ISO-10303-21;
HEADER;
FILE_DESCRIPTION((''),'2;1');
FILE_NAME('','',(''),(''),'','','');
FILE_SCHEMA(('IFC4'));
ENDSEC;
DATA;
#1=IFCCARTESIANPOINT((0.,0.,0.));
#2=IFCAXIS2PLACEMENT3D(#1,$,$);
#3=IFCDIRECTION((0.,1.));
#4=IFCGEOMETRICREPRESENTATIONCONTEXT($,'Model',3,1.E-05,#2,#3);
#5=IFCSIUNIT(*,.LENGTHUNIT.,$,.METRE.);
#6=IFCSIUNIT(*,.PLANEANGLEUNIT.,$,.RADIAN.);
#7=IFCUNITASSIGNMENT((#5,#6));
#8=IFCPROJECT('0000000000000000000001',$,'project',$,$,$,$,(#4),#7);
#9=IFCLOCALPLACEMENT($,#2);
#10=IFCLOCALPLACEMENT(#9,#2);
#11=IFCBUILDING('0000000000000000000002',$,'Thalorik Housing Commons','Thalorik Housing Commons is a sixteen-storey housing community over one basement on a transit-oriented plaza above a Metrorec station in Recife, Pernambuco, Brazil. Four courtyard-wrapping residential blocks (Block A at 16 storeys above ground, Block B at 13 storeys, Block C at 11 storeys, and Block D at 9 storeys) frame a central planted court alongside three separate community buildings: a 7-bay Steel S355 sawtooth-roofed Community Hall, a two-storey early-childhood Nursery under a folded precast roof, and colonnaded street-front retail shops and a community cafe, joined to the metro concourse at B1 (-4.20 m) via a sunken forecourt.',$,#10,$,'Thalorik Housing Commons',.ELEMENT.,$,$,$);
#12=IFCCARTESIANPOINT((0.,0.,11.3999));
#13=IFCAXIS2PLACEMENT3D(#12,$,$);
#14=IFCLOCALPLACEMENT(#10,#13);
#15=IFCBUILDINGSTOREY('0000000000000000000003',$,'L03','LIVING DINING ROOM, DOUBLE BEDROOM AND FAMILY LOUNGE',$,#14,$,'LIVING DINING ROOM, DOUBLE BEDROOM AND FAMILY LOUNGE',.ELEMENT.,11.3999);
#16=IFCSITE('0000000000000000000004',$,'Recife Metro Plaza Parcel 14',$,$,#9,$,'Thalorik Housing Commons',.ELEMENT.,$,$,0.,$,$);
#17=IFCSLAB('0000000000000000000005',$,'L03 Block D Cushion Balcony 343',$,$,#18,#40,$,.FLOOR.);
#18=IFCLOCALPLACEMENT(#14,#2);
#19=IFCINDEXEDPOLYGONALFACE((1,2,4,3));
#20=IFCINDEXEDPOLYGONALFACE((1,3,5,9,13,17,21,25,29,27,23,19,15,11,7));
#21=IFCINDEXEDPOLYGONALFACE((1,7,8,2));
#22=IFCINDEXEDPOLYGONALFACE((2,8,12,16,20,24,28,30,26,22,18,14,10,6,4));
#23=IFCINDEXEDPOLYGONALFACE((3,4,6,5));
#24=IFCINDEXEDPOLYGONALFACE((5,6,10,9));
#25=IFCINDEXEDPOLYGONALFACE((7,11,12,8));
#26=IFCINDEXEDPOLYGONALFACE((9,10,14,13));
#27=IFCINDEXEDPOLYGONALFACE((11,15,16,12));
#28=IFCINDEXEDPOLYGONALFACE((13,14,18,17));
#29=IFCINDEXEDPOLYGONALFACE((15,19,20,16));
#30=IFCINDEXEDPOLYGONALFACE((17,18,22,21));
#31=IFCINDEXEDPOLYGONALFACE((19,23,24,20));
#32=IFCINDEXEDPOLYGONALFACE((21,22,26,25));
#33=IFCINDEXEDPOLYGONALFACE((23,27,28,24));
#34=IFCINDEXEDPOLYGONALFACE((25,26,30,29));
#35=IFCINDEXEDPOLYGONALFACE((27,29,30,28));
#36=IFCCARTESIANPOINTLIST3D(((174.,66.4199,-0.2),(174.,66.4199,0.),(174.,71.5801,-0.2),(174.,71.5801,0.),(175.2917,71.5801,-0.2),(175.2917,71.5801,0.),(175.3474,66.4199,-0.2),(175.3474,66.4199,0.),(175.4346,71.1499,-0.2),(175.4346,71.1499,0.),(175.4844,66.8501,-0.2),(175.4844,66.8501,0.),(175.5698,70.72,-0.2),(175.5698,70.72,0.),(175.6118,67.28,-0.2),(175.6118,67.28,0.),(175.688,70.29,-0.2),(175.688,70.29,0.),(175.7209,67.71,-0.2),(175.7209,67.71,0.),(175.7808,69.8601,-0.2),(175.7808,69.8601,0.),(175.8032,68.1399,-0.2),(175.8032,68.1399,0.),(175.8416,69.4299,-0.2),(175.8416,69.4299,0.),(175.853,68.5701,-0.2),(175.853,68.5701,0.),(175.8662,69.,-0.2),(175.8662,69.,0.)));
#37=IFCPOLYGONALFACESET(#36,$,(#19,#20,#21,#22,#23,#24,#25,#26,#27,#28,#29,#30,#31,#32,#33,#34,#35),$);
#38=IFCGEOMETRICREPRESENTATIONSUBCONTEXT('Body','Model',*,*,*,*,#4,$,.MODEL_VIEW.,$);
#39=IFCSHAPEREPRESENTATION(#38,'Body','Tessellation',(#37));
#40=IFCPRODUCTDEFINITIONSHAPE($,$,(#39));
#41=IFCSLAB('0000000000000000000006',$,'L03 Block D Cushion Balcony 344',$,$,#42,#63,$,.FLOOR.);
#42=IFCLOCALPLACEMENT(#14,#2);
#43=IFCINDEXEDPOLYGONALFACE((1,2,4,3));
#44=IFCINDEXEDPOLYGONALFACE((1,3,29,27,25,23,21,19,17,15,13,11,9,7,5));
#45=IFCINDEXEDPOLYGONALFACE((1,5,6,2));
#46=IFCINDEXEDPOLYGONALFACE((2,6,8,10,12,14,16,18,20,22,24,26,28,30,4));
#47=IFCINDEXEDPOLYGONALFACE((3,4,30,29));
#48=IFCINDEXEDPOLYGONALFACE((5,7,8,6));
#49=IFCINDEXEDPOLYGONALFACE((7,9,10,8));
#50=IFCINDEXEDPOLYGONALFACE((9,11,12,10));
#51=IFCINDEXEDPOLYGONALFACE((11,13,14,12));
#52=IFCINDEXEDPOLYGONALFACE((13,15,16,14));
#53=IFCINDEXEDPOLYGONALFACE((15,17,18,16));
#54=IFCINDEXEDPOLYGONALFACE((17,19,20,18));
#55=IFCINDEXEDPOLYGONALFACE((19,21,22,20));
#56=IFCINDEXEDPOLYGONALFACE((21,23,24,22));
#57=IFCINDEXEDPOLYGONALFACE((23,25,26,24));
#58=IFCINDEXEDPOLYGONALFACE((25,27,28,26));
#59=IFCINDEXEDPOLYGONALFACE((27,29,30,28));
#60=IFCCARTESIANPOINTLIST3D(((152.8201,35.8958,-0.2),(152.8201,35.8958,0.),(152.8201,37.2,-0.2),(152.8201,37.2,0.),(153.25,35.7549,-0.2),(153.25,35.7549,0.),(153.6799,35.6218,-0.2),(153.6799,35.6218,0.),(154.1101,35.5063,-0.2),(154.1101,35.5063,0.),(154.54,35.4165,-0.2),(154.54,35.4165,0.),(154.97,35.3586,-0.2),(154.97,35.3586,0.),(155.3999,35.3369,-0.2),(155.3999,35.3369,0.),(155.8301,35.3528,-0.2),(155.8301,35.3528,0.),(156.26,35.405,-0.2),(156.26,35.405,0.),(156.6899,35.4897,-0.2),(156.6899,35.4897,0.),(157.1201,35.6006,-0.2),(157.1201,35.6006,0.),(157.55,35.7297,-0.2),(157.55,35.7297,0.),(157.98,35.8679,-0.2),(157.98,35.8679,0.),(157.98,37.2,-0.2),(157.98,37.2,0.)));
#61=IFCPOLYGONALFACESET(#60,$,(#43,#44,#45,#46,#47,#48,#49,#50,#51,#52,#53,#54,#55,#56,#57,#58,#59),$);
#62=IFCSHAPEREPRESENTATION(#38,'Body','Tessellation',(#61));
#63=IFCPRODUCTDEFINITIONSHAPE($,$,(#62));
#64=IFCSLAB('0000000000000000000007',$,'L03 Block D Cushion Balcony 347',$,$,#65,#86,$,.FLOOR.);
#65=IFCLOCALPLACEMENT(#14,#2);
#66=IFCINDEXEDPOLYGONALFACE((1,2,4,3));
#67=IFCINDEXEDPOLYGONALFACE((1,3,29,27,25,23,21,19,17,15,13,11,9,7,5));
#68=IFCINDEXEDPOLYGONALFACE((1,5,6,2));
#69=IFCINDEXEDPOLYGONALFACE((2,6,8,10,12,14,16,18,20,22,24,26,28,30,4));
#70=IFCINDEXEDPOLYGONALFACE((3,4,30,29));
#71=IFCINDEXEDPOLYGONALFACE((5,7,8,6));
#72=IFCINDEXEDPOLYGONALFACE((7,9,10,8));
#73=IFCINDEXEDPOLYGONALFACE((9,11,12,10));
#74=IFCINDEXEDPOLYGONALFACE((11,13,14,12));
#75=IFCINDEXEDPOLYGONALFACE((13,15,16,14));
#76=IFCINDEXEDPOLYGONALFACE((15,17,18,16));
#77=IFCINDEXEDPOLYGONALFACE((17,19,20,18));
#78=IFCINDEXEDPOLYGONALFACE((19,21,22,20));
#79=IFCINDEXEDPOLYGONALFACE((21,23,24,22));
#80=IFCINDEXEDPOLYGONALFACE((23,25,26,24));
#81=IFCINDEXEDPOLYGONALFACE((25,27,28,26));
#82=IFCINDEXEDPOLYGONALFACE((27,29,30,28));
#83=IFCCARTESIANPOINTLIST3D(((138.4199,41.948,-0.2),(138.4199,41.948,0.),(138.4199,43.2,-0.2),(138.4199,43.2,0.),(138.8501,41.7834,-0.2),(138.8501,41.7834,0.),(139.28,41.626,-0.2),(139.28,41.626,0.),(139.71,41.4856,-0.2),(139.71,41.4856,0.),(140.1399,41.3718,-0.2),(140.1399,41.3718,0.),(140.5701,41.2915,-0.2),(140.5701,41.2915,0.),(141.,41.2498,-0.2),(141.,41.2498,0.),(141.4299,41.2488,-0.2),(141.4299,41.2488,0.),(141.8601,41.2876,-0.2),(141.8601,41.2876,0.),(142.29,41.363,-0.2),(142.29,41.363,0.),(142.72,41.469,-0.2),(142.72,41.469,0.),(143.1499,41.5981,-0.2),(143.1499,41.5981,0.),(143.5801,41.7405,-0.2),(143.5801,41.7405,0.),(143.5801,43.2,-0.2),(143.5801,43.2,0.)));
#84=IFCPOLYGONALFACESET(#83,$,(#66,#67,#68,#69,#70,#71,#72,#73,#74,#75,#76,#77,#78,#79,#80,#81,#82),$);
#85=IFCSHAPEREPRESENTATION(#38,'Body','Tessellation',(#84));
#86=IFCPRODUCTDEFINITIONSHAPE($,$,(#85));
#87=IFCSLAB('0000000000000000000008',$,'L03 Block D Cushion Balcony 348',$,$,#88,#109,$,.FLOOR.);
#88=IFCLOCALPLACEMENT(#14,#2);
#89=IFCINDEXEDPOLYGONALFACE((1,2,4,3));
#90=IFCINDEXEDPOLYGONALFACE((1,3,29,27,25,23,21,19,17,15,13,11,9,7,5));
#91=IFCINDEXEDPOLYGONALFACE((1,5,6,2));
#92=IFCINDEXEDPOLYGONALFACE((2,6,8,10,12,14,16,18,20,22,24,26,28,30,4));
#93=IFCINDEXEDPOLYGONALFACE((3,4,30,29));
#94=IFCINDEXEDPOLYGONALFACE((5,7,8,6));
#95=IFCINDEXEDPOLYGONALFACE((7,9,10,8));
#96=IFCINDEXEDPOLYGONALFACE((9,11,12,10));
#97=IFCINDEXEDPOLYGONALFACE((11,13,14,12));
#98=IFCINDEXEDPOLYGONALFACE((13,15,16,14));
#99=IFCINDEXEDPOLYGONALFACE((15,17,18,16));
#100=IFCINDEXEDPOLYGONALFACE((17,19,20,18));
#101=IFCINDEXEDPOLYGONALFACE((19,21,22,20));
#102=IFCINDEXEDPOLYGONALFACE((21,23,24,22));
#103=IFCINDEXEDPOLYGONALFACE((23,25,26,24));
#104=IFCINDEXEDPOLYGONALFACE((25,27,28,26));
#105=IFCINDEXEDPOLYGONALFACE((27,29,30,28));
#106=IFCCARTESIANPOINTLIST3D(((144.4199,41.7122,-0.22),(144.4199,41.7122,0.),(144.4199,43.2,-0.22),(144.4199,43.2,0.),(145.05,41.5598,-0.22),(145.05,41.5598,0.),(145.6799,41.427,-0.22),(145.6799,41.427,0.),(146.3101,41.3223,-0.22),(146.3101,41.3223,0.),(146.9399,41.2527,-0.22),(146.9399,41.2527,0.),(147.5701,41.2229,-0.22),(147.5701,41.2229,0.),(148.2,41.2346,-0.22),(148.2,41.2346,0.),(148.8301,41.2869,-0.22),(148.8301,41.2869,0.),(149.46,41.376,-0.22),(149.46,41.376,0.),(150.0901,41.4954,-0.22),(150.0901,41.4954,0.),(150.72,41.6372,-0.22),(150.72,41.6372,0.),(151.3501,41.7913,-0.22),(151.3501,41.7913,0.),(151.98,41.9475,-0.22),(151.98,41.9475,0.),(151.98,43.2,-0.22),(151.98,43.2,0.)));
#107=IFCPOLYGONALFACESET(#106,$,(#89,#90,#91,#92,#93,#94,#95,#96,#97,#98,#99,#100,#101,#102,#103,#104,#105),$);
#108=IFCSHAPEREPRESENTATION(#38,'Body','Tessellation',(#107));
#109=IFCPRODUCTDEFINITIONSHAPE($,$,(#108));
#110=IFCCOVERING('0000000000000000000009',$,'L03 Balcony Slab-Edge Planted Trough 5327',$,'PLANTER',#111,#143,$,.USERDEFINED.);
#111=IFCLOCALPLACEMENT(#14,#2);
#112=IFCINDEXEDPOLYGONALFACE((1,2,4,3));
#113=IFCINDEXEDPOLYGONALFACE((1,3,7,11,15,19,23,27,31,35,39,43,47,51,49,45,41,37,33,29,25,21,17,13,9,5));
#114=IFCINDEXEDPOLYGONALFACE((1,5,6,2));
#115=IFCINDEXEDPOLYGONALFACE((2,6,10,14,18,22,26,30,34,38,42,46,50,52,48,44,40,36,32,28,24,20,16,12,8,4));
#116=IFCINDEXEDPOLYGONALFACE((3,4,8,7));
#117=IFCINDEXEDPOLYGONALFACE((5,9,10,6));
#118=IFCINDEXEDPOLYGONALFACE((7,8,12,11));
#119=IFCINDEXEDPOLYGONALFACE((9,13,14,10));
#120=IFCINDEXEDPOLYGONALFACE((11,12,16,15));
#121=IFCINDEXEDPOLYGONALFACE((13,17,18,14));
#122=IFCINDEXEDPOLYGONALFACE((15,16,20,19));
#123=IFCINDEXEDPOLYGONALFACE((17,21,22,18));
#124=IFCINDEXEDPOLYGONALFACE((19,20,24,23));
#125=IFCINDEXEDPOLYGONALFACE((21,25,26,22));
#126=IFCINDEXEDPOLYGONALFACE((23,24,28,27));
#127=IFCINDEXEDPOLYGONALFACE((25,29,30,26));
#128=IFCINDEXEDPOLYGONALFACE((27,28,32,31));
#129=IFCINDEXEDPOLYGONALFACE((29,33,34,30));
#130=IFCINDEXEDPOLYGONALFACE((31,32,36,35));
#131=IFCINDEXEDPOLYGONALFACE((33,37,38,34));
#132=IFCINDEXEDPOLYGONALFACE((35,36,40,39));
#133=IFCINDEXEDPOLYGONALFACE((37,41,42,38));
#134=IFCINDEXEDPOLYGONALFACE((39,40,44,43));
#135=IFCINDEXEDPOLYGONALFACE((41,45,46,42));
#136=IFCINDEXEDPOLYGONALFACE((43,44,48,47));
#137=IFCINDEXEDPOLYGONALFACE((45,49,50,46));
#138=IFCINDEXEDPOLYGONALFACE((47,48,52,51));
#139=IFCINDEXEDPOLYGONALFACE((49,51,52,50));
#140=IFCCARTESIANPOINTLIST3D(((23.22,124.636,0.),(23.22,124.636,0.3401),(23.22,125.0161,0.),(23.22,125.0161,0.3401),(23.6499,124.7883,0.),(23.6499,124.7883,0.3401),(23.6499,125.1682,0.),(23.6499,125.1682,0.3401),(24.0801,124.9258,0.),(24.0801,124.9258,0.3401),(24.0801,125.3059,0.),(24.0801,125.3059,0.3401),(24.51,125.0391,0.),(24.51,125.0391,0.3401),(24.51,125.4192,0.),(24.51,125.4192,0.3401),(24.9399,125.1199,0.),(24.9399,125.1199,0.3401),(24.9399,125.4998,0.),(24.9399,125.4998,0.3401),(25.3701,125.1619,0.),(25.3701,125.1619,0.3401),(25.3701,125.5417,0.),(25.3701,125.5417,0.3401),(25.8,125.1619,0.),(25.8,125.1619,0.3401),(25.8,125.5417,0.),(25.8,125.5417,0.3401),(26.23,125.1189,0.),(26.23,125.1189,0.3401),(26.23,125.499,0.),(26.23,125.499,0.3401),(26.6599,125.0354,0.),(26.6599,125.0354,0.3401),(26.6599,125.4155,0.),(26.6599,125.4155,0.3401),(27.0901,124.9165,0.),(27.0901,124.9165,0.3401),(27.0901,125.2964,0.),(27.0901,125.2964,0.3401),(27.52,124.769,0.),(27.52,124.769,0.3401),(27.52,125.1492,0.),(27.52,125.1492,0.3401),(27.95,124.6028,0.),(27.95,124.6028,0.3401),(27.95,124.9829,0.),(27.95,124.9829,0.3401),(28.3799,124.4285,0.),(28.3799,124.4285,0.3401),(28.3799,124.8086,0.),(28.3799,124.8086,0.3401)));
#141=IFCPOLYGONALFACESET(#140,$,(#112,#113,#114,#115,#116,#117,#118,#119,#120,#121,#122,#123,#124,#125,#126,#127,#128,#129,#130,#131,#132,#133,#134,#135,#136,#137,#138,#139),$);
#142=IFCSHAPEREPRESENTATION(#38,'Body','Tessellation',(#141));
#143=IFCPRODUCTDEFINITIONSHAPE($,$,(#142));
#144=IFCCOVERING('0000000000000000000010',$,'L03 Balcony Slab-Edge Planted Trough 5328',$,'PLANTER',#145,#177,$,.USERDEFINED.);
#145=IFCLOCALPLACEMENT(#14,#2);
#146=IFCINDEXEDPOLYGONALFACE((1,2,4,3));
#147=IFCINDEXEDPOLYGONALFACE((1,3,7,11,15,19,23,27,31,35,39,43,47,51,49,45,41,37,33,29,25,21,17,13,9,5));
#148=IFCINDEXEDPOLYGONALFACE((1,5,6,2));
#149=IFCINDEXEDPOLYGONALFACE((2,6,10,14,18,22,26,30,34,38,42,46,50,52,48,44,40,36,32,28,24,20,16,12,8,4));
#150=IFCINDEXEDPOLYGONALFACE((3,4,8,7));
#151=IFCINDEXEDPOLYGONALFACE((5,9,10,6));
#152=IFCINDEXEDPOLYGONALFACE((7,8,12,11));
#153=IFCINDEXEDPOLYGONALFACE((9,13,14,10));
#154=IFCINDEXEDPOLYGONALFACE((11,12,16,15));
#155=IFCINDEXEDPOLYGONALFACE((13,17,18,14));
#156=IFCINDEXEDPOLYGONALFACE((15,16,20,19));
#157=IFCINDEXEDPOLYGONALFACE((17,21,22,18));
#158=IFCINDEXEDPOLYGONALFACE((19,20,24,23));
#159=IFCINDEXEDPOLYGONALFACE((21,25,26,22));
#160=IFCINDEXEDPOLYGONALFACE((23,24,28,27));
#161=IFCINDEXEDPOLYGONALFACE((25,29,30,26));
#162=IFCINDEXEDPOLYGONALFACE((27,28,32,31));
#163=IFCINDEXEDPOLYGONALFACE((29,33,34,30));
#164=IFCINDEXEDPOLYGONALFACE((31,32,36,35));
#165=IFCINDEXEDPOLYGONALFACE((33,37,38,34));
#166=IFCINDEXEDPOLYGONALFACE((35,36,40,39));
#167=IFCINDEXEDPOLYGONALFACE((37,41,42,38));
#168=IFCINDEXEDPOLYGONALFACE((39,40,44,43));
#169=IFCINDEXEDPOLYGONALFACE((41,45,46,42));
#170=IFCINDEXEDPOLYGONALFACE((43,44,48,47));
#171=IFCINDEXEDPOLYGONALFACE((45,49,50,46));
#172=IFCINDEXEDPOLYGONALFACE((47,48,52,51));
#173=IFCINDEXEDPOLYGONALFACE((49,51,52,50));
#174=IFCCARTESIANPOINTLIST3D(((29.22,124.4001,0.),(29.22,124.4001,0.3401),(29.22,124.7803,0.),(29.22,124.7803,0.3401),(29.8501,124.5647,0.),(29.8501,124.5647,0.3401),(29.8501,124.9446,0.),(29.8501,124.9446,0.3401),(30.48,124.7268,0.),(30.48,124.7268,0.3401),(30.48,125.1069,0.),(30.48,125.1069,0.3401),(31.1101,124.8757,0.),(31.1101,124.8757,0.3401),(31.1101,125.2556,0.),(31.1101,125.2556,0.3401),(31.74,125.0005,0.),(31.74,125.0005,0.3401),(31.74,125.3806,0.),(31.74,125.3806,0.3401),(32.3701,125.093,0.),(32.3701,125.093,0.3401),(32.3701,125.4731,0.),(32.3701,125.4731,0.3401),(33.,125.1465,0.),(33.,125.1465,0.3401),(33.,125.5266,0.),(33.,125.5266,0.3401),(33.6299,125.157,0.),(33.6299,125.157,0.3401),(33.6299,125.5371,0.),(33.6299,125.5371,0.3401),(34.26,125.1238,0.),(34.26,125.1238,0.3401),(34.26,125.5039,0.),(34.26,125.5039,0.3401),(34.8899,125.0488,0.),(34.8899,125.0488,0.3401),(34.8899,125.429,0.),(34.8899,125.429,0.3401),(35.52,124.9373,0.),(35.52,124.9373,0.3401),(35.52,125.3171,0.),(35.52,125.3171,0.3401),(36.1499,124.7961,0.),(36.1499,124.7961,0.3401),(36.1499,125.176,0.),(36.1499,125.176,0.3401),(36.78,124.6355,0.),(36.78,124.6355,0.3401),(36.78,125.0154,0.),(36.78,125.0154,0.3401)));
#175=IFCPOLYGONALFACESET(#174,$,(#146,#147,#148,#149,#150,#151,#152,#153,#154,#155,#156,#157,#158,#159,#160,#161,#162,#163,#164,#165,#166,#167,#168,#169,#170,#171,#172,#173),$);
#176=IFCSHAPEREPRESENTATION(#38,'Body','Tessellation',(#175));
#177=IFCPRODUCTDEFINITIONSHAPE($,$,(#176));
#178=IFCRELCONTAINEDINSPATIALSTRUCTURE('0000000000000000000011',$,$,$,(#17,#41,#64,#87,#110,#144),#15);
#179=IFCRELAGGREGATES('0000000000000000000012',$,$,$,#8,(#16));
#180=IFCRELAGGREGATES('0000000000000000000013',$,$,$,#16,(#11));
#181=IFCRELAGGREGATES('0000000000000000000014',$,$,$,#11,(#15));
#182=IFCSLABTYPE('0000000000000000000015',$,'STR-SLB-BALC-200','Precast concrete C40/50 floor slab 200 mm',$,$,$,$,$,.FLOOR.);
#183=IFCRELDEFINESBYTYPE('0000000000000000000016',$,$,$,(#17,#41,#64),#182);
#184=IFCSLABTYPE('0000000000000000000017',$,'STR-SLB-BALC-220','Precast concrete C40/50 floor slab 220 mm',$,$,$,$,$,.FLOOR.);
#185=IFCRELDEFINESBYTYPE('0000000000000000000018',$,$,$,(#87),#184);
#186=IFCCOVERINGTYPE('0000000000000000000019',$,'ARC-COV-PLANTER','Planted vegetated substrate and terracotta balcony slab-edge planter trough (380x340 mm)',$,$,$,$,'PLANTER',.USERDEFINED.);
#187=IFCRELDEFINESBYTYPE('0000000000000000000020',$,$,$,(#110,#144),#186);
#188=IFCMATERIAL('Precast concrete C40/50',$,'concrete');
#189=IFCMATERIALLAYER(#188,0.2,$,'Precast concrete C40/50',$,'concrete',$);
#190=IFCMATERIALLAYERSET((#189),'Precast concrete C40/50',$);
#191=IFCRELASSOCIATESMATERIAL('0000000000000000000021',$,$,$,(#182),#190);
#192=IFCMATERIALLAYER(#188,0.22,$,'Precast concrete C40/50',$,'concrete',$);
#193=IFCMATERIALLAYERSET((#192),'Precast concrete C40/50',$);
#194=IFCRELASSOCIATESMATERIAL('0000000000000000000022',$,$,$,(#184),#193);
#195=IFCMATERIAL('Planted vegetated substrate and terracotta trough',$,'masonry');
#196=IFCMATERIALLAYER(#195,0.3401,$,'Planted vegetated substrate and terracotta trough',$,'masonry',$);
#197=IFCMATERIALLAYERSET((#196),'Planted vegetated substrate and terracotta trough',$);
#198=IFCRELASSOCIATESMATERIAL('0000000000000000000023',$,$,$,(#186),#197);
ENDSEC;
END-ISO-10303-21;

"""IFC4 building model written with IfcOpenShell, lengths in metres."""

from ifc_helpers import new_model, si_unit, direction, frame, origin, place, context, subcontext, project, spatial, polyline, outline, extrude, material, layer, layer_set, type_object, element, save


model = new_model("IFC4")

# Units and contexts
model_context = context("Model", 3, precision=1e-05, world=origin(), true_north=direction((0.0, 1.0)))
body_context = subcontext(model_context, "Body", "Model", "MODEL_VIEW")
ifc_project = project(units=[si_unit("LENGTHUNIT", "METRE"), si_unit("PLANEANGLEUNIT", "RADIAN")], contexts=[model_context])

# Site, building, storey
site_placement = place(None, origin())
site = spatial("IfcSite", under=ifc_project, at=site_placement, Name="Recife Metro Plaza Parcel 14", LongName="Thalorik Housing Commons", CompositionType="ELEMENT", RefElevation=0.0)
building_placement = place(site_placement, origin())
building = spatial("IfcBuilding", under=site, at=building_placement, Name="Thalorik Housing Commons", Description="Thalorik Housing Commons is a sixteen-storey housing community over one basement on a transit-oriented plaza above a Metrorec station in Recife, Pernambuco, Brazil. Four courtyard-wrapping residential blocks (Block A at 16 storeys above ground, Block B at 13 storeys, Block C at 11 storeys, and Block D at 9 storeys) frame a central planted court alongside three separate community buildings: a 7-bay Steel S355 sawtooth-roofed Community Hall, a two-storey early-childhood Nursery under a folded precast roof, and colonnaded street-front retail shops and a community cafe, joined to the metro concourse at B1 (-4.20 m) via a sunken forecourt.", LongName="Thalorik Housing Commons", CompositionType="ELEMENT")
storey_placement = place(building_placement, frame((0.0, 0.0, 11.3999)))
storey = spatial("IfcBuildingStorey", under=building, at=storey_placement, Name="L03", Description="LIVING DINING ROOM, DOUBLE BEDROOM AND FAMILY LOUNGE", LongName="LIVING DINING ROOM, DOUBLE BEDROOM AND FAMILY LOUNGE", CompositionType="ELEMENT", Elevation=11.3999)

# Slabs
ifc_material_1 = material(Name="Precast concrete C40/50", Category="concrete")
ifc_layer_1 = layer(ifc_material_1, 0.2, Name="Precast concrete C40/50", Category="concrete")
ifc_layer_set_1 = layer_set([ifc_layer_1], Name="Precast concrete C40/50")
slab_type_1 = type_object("IfcSlabType", Name="STR-SLB-BALC-200", Description="Precast concrete C40/50 floor slab 200 mm", PredefinedType="FLOOR", material=ifc_layer_set_1)
slab_1_placement = place(storey_placement, frame((0.0, 0.0, -0.2)))
element("IfcSlab", 1, at=slab_1_placement, inside=storey, type_object=slab_type_1, Name="L03 Block D Cushion Balcony 343", PredefinedType="FLOOR", context=body_context, shape_type="SweptSolid", body=[
    extrude(outline(polyline([(175.3474, 66.4199), (175.4844, 66.8501), (175.6118, 67.28), (175.7209, 67.71), (175.8032, 68.1399), (175.853, 68.5701), (175.8662, 69.0), (175.8416, 69.4299), (175.7808, 69.8601), (175.688, 70.29), (175.5698, 70.72), (175.4346, 71.1499), (175.2917, 71.5801), (174.0, 71.5801), (174.0, 66.4199), (175.3474, 66.4199)])), origin(), (0.0, 0.0, 1.0), 0.2),
])
slab_2_placement = place(storey_placement, frame((0.0, 0.0, -0.2)))
element("IfcSlab", 2, at=slab_2_placement, inside=storey, type_object=slab_type_1, Name="L03 Block D Cushion Balcony 344", PredefinedType="FLOOR", context=body_context, shape_type="SweptSolid", body=[
    extrude(outline(polyline([(152.8201, 35.8958), (153.25, 35.7549), (153.6799, 35.6218), (154.1101, 35.5063), (154.54, 35.4165), (154.97, 35.3586), (155.3999, 35.3369), (155.8301, 35.3528), (156.26, 35.405), (156.6899, 35.4897), (157.1201, 35.6006), (157.55, 35.7297), (157.98, 35.8679), (157.98, 37.2), (152.8201, 37.2), (152.8201, 35.8958)])), origin(), (0.0, 0.0, 1.0), 0.2),
])
slab_3_placement = place(storey_placement, frame((0.0, 0.0, -0.2)))
element("IfcSlab", 3, at=slab_3_placement, inside=storey, type_object=slab_type_1, Name="L03 Block D Cushion Balcony 347", PredefinedType="FLOOR", context=body_context, shape_type="SweptSolid", body=[
    extrude(outline(polyline([(138.4199, 41.948), (138.8501, 41.7834), (139.28, 41.626), (139.71, 41.4856), (140.1399, 41.3718), (140.5701, 41.2915), (141.0, 41.2498), (141.4299, 41.2488), (141.8601, 41.2876), (142.29, 41.363), (142.72, 41.469), (143.1499, 41.5981), (143.5801, 41.7405), (143.5801, 43.2), (138.4199, 43.2), (138.4199, 41.948)])), origin(), (0.0, 0.0, 1.0), 0.2),
])
ifc_layer_2 = layer(ifc_material_1, 0.22, Name="Precast concrete C40/50", Category="concrete")
ifc_layer_set_2 = layer_set([ifc_layer_2], Name="Precast concrete C40/50")
slab_type_2 = type_object("IfcSlabType", Name="STR-SLB-BALC-220", Description="Precast concrete C40/50 floor slab 220 mm", PredefinedType="FLOOR", material=ifc_layer_set_2)
slab_4_placement = place(storey_placement, frame((0.0, 0.0, -0.22)))
element("IfcSlab", 4, at=slab_4_placement, inside=storey, type_object=slab_type_2, Name="L03 Block D Cushion Balcony 348", PredefinedType="FLOOR", context=body_context, shape_type="SweptSolid", body=[
    extrude(outline(polyline([(144.4199, 41.7122), (145.05, 41.5598), (145.6799, 41.427), (146.3101, 41.3223), (146.9399, 41.2527), (147.5701, 41.2229), (148.2, 41.2346), (148.8301, 41.2869), (149.46, 41.376), (150.0901, 41.4954), (150.72, 41.6372), (151.3501, 41.7913), (151.98, 41.9475), (151.98, 43.2), (144.4199, 43.2), (144.4199, 41.7122)])), origin(), (0.0, 0.0, 1.0), 0.22),
])

# Coverings
ifc_material_2 = material(Name="Planted vegetated substrate and terracotta trough", Category="masonry")
ifc_layer_3 = layer(ifc_material_2, 0.3401, Name="Planted vegetated substrate and terracotta trough", Category="masonry")
ifc_layer_set_3 = layer_set([ifc_layer_3], Name="Planted vegetated substrate and terracotta trough")
covering_type = type_object("IfcCoveringType", Name="ARC-COV-PLANTER", Description="Planted vegetated substrate and terracotta balcony slab-edge planter trough (380x340 mm)", ElementType="PLANTER", PredefinedType="USERDEFINED", material=ifc_layer_set_3)
covering_1_placement = place(storey_placement, origin())
element("IfcCovering", 5, at=covering_1_placement, inside=storey, type_object=covering_type, Name="L03 Balcony Slab-Edge Planted Trough 5327", ObjectType="PLANTER", PredefinedType="USERDEFINED", context=body_context, shape_type="SweptSolid", body=[
    extrude(outline(polyline([(28.3799, 124.8086), (27.95, 124.9829), (27.52, 125.1492), (27.0901, 125.2964), (26.6599, 125.4155), (26.23, 125.499), (25.8, 125.5417), (25.3701, 125.5417), (24.9399, 125.4998), (24.51, 125.4192), (24.0801, 125.3059), (23.6499, 125.1682), (23.22, 125.0161), (23.22, 124.636), (23.6499, 124.7883), (24.0801, 124.9258), (24.51, 125.0391), (24.9399, 125.1199), (25.3701, 125.1619), (25.8, 125.1619), (26.23, 125.1189), (26.6599, 125.0354), (27.0901, 124.9165), (27.52, 124.769), (27.95, 124.6028), (28.3799, 124.4285), (28.3799, 124.8086)])), origin(), (0.0, 0.0, 1.0), 0.3401),
])
covering_2_placement = place(storey_placement, origin())
element("IfcCovering", 6, at=covering_2_placement, inside=storey, type_object=covering_type, Name="L03 Balcony Slab-Edge Planted Trough 5328", ObjectType="PLANTER", PredefinedType="USERDEFINED", context=body_context, shape_type="SweptSolid", body=[
    extrude(outline(polyline([(36.78, 125.0154), (36.1499, 125.176), (35.52, 125.3171), (34.8899, 125.429), (34.26, 125.5039), (33.6299, 125.5371), (33.0, 125.5266), (32.3701, 125.4731), (31.74, 125.3806), (31.1101, 125.2556), (30.48, 125.1069), (29.8501, 124.9446), (29.22, 124.7803), (29.22, 124.4001), (29.8501, 124.5647), (30.48, 124.7268), (31.1101, 124.8757), (31.74, 125.0005), (32.3701, 125.093), (33.0, 125.1465), (33.6299, 125.157), (34.26, 125.1238), (34.8899, 125.0488), (35.52, 124.9373), (36.1499, 124.7961), (36.78, 124.6355), (36.78, 125.0154)])), origin(), (0.0, 0.0, 1.0), 0.3401),
])

save(model, "model.ifc")
